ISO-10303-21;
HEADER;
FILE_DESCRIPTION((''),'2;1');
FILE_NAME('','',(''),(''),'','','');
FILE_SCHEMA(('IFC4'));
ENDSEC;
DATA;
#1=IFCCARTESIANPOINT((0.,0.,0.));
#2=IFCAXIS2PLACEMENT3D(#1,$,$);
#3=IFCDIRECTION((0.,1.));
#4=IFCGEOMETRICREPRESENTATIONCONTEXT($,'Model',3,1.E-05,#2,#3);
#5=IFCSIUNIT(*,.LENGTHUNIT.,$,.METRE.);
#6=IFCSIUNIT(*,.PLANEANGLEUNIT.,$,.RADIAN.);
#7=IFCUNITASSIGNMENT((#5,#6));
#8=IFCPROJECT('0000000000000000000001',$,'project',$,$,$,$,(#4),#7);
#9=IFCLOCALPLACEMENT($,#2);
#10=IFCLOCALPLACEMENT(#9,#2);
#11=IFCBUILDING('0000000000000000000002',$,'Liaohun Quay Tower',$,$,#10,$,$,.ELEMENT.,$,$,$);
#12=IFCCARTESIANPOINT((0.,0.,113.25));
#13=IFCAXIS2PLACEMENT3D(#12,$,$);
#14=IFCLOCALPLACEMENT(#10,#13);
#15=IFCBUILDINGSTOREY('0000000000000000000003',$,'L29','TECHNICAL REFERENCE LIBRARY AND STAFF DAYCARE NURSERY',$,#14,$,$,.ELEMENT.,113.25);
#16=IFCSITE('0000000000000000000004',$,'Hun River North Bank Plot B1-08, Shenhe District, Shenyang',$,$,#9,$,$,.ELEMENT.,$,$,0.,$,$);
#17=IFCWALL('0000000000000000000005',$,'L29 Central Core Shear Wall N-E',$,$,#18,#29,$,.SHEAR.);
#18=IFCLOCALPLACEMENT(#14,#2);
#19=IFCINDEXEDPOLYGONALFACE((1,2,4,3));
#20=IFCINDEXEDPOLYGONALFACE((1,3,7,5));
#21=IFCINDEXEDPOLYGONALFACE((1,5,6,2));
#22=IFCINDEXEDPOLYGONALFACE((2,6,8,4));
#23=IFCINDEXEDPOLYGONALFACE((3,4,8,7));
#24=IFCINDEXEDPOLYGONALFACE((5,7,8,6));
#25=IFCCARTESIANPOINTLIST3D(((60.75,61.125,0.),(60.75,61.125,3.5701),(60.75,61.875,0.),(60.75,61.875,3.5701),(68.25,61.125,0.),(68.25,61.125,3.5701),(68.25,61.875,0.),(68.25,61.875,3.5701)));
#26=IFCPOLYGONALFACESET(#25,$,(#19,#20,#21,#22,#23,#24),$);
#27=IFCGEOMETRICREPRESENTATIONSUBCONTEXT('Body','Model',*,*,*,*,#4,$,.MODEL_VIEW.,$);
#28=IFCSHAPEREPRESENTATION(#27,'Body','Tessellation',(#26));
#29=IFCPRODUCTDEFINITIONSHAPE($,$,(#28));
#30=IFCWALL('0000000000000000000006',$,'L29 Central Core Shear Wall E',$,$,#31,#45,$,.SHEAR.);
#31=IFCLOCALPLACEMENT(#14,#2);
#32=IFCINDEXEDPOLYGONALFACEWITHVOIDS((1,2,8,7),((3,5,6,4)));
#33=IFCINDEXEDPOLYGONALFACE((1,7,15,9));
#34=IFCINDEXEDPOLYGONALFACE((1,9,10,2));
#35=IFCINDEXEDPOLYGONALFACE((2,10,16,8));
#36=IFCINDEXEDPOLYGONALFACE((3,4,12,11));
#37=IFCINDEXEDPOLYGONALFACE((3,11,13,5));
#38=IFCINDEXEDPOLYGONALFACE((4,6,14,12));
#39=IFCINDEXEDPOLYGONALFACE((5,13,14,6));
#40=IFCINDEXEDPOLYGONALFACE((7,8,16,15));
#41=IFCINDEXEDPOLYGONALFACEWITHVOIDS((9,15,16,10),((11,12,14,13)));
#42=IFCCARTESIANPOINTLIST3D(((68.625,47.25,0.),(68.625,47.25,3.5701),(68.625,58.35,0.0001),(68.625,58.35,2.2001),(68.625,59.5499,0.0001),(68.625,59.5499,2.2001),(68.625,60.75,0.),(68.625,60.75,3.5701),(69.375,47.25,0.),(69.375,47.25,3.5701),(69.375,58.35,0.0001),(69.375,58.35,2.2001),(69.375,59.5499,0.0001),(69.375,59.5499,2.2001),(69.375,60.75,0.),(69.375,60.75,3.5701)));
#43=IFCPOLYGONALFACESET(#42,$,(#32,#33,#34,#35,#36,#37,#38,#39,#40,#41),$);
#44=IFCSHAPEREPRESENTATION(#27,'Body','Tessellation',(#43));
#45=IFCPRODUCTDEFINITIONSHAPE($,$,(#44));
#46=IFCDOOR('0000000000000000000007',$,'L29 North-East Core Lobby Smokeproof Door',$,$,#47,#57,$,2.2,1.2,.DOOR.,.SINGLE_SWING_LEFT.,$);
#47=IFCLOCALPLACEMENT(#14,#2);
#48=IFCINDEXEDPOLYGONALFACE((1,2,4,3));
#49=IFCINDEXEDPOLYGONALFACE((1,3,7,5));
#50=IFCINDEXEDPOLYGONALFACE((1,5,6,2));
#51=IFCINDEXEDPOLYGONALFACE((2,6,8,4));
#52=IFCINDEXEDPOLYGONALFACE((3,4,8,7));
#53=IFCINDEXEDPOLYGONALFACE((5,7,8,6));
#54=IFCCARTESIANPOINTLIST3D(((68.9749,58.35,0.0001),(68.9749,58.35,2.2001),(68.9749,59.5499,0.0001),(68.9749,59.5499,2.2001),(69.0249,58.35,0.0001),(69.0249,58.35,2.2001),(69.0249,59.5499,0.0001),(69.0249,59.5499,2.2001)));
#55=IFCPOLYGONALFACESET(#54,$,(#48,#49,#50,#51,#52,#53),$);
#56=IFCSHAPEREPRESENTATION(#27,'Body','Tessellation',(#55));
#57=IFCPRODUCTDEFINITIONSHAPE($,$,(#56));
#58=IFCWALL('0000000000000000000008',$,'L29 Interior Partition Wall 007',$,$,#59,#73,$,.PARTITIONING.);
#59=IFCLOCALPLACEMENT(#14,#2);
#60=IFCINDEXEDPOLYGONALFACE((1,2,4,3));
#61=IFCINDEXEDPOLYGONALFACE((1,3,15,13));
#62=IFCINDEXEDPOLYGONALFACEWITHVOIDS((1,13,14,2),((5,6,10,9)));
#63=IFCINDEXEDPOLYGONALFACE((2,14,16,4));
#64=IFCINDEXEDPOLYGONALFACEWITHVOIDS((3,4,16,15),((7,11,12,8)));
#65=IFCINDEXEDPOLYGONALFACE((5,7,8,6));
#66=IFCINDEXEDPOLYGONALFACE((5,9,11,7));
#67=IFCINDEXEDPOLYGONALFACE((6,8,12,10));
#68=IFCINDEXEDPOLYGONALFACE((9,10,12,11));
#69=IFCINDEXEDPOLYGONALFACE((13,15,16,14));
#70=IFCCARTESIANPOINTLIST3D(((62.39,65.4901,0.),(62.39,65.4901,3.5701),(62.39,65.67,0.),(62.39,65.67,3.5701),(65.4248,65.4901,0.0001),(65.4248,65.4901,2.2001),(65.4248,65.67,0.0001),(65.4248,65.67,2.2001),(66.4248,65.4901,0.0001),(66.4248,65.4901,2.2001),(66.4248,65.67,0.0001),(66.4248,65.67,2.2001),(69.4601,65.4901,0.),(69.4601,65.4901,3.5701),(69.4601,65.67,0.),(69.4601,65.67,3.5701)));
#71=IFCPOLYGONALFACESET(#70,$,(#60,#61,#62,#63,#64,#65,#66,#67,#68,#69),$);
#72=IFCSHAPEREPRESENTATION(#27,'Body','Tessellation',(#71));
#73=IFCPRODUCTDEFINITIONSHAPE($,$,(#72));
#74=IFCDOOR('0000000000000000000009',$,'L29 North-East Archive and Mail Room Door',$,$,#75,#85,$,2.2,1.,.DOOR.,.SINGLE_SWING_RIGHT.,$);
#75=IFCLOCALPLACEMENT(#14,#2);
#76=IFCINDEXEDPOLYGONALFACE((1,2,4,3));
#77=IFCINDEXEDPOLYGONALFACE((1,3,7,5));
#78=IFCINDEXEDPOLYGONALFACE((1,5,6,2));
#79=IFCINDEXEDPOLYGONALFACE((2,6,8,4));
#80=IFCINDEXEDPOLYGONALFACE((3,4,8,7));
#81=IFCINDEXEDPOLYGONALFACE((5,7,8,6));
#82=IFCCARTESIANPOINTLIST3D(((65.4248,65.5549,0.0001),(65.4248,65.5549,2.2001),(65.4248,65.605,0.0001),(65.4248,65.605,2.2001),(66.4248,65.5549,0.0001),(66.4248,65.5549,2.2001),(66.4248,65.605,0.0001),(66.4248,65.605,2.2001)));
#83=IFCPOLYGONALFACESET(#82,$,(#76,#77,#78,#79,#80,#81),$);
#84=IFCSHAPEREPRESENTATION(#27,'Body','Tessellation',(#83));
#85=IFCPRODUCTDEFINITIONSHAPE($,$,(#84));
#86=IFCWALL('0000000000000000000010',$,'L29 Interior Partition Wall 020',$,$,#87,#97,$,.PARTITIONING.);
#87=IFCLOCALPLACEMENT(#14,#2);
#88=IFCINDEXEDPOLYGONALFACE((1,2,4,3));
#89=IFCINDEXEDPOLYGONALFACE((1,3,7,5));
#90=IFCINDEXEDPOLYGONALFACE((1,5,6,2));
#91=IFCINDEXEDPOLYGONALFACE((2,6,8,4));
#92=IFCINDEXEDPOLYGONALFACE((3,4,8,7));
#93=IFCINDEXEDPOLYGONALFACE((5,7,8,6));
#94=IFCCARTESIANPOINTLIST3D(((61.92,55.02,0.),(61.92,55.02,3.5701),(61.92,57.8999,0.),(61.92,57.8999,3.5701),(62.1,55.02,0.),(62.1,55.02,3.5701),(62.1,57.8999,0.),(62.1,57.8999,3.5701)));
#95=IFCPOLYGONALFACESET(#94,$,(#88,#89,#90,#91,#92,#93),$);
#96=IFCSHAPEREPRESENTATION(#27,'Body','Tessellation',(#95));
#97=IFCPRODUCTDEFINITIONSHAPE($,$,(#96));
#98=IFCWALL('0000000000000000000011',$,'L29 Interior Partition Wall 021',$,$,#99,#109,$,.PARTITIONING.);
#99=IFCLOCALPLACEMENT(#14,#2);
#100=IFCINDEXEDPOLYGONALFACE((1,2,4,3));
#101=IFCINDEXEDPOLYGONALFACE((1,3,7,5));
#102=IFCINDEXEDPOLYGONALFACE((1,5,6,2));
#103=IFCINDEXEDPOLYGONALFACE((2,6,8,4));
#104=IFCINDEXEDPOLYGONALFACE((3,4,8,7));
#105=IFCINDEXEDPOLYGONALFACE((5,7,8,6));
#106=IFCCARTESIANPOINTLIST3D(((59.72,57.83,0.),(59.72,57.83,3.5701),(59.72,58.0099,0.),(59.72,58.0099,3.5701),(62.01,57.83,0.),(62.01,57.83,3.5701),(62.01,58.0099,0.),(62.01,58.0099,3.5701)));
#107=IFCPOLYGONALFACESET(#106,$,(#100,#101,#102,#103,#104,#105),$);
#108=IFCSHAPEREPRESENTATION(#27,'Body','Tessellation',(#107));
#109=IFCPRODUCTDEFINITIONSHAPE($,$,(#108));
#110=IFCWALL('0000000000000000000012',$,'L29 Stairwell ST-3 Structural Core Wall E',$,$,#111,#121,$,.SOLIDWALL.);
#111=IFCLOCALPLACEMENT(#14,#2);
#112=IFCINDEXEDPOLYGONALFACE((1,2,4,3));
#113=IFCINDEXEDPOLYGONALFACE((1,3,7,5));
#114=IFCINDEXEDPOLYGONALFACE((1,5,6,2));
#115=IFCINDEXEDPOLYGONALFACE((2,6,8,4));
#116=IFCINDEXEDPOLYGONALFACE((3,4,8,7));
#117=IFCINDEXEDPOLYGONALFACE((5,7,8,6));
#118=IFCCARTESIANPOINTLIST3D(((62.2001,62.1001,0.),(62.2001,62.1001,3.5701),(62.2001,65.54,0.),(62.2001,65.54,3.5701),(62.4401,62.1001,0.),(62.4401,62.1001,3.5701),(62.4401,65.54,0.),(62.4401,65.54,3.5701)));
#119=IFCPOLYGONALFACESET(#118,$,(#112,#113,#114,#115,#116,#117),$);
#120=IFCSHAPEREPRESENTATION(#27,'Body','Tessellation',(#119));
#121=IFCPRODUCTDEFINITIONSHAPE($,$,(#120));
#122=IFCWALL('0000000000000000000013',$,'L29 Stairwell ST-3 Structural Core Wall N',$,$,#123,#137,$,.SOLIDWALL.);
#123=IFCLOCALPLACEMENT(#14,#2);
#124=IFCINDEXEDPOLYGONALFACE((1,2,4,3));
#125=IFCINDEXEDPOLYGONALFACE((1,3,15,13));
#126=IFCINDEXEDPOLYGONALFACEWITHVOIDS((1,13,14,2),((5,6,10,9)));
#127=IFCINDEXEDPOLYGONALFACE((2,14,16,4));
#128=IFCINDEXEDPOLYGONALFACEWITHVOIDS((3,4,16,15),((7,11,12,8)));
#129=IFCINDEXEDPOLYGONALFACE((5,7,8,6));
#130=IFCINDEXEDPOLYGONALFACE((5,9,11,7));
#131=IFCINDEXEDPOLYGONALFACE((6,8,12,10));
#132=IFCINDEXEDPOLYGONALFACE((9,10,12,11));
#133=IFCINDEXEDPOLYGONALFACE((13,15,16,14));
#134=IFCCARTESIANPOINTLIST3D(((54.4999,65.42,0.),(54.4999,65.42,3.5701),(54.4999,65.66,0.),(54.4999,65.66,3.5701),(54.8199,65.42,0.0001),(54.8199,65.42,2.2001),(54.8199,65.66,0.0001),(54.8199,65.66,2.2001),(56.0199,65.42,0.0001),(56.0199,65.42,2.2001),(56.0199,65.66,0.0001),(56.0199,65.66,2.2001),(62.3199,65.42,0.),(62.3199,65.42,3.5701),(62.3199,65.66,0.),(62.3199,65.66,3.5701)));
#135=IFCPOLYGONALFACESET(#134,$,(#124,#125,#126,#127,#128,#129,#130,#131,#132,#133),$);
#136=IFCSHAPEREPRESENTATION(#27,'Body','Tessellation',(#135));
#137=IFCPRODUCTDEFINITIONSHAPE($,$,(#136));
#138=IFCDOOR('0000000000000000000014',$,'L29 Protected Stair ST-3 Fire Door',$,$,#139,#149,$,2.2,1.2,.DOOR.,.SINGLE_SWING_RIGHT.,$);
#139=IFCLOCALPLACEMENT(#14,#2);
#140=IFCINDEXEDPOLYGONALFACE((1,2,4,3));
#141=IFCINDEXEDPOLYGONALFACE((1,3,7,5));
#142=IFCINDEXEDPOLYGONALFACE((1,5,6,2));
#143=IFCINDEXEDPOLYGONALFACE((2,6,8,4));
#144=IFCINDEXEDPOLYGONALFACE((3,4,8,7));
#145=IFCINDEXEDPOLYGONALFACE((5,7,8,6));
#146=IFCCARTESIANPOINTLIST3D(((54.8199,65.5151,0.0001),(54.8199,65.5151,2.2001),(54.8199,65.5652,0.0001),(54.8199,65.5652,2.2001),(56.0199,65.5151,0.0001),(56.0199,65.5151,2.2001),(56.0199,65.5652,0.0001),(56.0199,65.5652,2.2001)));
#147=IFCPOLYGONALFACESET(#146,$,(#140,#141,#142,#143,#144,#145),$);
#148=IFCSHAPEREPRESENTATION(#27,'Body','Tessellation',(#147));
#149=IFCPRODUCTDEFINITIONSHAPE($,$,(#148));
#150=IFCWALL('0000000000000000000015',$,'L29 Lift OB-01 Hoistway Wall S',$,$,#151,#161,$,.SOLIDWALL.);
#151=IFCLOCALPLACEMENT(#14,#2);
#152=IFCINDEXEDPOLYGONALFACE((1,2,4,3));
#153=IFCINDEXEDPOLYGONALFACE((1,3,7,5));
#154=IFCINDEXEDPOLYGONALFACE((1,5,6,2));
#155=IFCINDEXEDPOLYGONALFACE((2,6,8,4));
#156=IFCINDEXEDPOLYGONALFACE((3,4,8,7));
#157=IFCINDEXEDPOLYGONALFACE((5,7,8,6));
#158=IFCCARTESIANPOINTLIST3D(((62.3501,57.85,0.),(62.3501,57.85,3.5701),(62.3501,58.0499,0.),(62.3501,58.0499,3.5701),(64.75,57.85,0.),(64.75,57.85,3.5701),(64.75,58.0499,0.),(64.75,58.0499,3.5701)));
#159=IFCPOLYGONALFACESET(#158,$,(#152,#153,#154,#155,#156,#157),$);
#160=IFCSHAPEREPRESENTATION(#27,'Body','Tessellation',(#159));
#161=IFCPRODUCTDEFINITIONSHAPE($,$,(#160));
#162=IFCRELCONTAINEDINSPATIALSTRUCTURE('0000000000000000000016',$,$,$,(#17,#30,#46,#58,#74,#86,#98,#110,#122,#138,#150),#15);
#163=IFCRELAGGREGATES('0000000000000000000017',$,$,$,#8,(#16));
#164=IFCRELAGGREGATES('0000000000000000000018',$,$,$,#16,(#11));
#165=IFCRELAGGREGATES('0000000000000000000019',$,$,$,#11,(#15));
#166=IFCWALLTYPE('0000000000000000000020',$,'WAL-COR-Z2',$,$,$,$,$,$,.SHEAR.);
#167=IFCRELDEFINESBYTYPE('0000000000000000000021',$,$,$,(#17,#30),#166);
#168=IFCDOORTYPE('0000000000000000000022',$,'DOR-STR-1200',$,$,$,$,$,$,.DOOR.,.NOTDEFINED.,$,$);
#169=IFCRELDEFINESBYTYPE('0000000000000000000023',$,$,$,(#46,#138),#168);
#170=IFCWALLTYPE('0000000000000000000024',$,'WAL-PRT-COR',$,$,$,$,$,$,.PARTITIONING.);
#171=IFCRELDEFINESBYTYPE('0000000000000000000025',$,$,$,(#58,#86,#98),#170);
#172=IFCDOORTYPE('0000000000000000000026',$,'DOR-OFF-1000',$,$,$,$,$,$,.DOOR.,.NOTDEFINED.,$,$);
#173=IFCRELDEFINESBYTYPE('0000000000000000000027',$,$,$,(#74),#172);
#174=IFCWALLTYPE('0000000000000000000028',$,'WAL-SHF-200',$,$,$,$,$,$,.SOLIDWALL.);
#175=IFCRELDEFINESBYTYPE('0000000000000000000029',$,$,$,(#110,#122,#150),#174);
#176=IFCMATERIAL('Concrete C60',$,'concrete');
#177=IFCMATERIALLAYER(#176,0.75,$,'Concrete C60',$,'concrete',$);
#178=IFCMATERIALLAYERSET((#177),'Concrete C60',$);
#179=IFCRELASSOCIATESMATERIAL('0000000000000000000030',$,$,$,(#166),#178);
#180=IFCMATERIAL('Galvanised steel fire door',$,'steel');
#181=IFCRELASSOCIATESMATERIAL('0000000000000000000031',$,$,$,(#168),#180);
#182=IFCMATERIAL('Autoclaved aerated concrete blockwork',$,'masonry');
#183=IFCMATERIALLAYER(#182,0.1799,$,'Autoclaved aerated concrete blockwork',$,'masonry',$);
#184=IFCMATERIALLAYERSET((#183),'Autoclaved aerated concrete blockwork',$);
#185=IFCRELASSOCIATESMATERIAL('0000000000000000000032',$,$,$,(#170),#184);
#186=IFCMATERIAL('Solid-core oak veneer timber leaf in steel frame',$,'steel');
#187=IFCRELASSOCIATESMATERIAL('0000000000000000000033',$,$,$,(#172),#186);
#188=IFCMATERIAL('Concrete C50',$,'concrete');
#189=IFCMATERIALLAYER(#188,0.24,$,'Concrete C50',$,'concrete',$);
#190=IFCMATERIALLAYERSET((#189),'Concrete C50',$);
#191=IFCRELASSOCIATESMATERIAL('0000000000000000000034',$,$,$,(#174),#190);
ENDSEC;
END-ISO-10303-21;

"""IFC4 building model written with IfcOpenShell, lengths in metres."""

from ifc_helpers import new_model, si_unit, direction, frame, frame_2d, origin, place, context, subcontext, project, spatial, rectangle, extrude, source, transform, mapped, material, layer, layer_set, type_object, element, fill, save


model = new_model("IFC4")

# Units and contexts
model_context = context("Model", 3, precision=1e-05, world=origin(), true_north=direction((0.0, 1.0)))
body_context = subcontext(model_context, "Body", "Model", "MODEL_VIEW")
ifc_project = project(units=[si_unit("LENGTHUNIT", "METRE"), si_unit("PLANEANGLEUNIT", "RADIAN")], contexts=[model_context])

# Site, building, storey
site_placement = place(None, origin())
site = spatial("IfcSite", under=ifc_project, at=site_placement, Name="Hun River North Bank Plot B1-08, Shenhe District, Shenyang", CompositionType="ELEMENT", RefElevation=0.0)
building_placement = place(site_placement, origin())
building = spatial("IfcBuilding", under=site, at=building_placement, Name="Liaohun Quay Tower", CompositionType="ELEMENT")
storey_placement = place(building_placement, frame((0.0, 0.0, 113.25)))
storey = spatial("IfcBuildingStorey", under=building, at=storey_placement, Name="L29", Description="TECHNICAL REFERENCE LIBRARY AND STAFF DAYCARE NURSERY", CompositionType="ELEMENT", Elevation=113.25)

# Shared definitions
ifc_material_1 = material(Name="Concrete C60", Category="concrete")

# Wall
ifc_layer_1 = layer(ifc_material_1, 0.75, Name="Concrete C60", Category="concrete")
ifc_layer_set_1 = layer_set([ifc_layer_1], Name="Concrete C60")
wall_type_1 = type_object("IfcWallType", Name="WAL-COR-Z2", PredefinedType="SHEAR", material=ifc_layer_set_1)
wall_1_placement = place(storey_placement, frame((60.75, 61.5, 0.0), z_axis=(0.0, 0.0, 1.0), x_axis=(1.0, 0.0, 0.0)))
element("IfcWall", 1, at=wall_1_placement, inside=storey, type_object=wall_type_1, Name="L29 Central Core Shear Wall N-E", PredefinedType="SHEAR", context=body_context, shape_type="SweptSolid", body=[
    extrude(rectangle(XDim=7.5, YDim=0.75, at=frame_2d((3.75, 0.0))), origin(), (0.0, 0.0, 1.0), 3.5701),
])

# Walls, openings, doors
wall_2_placement = place(storey_placement, frame((69.0, 60.75, 0.0), z_axis=(0.0, 0.0, 1.0), x_axis=(0.0, -1.0, 0.0)))
wall_2 = element("IfcWall", 2, at=wall_2_placement, inside=storey, type_object=wall_type_1, Name="L29 Central Core Shear Wall E", PredefinedType="SHEAR", context=body_context, shape_type="SweptSolid", body=[
    extrude(rectangle(XDim=13.5, YDim=0.75, at=frame_2d((6.75, 0.0))), origin(), (0.0, 0.0, 1.0), 3.5701),
])
shared_shape_1 = source(origin(), body_context, "Body", "SweptSolid", [
    extrude(rectangle(XDim=1.2, YDim=2.2, at=frame_2d((0.6001, 1.1001))), frame((0.0, 0.385, 0.0), z_axis=(0.0, -1.0, 0.0), x_axis=(1.0, 0.0, 0.0)), (0.0, 0.0, 1.0), 0.77),
])
opening_1_placement = place(wall_2_placement, frame((1.2, 0.0, 0.0)))
opening_1 = element("IfcOpeningElement", 3, at=opening_1_placement, cuts=wall_2, PredefinedType="OPENING", context=body_context, shape_type="MappedRepresentation", body=[
    mapped(shared_shape_1, transform((0.0, 0.0, 0.0), x_axis=(1.0, 0.0, 0.0), y_axis=(0.0, 1.0, 0.0), z_axis=(0.0, 0.0, 1.0), scale=1.0)),
])
ifc_material_2 = material(Name="Galvanised steel fire door", Category="steel")
door_type_1 = type_object("IfcDoorType", Name="DOR-STR-1200", OperationType="NOTDEFINED", PredefinedType="DOOR", material=ifc_material_2)
shared_shape_2 = source(origin(), body_context, "Body", "SweptSolid", [
    extrude(rectangle(XDim=1.2, YDim=2.2, at=frame_2d((0.6001, 1.1001))), frame((0.0, 0.0249, 0.0), z_axis=(0.0, -1.0, 0.0), x_axis=(1.0, 0.0, 0.0)), (0.0, 0.0, 1.0), 0.05),
])
door_1_placement = place(opening_1_placement, origin())
door_1 = element("IfcDoor", 4, at=door_1_placement, inside=storey, type_object=door_type_1, Name="L29 North-East Core Lobby Smokeproof Door", OperationType="SINGLE_SWING_LEFT", OverallHeight=2.2, OverallWidth=1.2, PredefinedType="DOOR", context=body_context, shape_type="MappedRepresentation", body=[
    mapped(shared_shape_2, transform((0.0, 0.0, 0.0), x_axis=(1.0, 0.0, 0.0), y_axis=(0.0, 1.0, 0.0), z_axis=(0.0, 0.0, 1.0), scale=1.0)),
])
fill(opening_1, door_1)
ifc_material_3 = material(Name="Autoclaved aerated concrete blockwork", Category="masonry")
ifc_layer_2 = layer(ifc_material_3, 0.1799, Name="Autoclaved aerated concrete blockwork", Category="masonry")
ifc_layer_set_2 = layer_set([ifc_layer_2], Name="Autoclaved aerated concrete blockwork")
wall_type_2 = type_object("IfcWallType", Name="WAL-PRT-COR", PredefinedType="PARTITIONING", material=ifc_layer_set_2)
wall_3_placement = place(storey_placement, frame((62.3899, 65.5801, 0.0), z_axis=(0.0, 0.0, 1.0), x_axis=(1.0, 0.0, 0.0)))
wall_3 = element("IfcWall", 5, at=wall_3_placement, inside=storey, type_object=wall_type_2, Name="L29 Interior Partition Wall 007", PredefinedType="PARTITIONING", context=body_context, shape_type="SweptSolid", body=[
    extrude(rectangle(XDim=7.0701, YDim=0.1799, at=frame_2d((3.5352, 0.0))), origin(), (0.0, 0.0, 1.0), 3.5701),
])
shared_shape_3 = source(origin(), body_context, "Body", "SweptSolid", [
    extrude(rectangle(XDim=1.0, YDim=2.2, at=frame_2d((0.5, 1.1001))), frame((0.0, 0.0999, 0.0), z_axis=(0.0, -1.0, 0.0), x_axis=(1.0, 0.0, 0.0)), (0.0, 0.0, 1.0), 0.2),
])
opening_2_placement = place(wall_3_placement, frame((3.0349, 0.0, 0.0)))
opening_2 = element("IfcOpeningElement", 6, at=opening_2_placement, cuts=wall_3, PredefinedType="OPENING", context=body_context, shape_type="MappedRepresentation", body=[
    mapped(shared_shape_3, transform((0.0, 0.0, 0.0), x_axis=(1.0, 0.0, 0.0), y_axis=(0.0, 1.0, 0.0), z_axis=(0.0, 0.0, 1.0), scale=1.0)),
])
ifc_material_4 = material(Name="Solid-core oak veneer timber leaf in steel frame", Category="steel")
door_type_2 = type_object("IfcDoorType", Name="DOR-OFF-1000", OperationType="NOTDEFINED", PredefinedType="DOOR", material=ifc_material_4)
shared_shape_4 = source(origin(), body_context, "Body", "SweptSolid", [
    extrude(rectangle(XDim=1.0, YDim=2.2, at=frame_2d((0.5, 1.1001))), frame((0.0, 0.0249, 0.0), z_axis=(0.0, -1.0, 0.0), x_axis=(1.0, 0.0, 0.0)), (0.0, 0.0, 1.0), 0.05),
])
door_2_placement = place(opening_2_placement, origin())
door_2 = element("IfcDoor", 7, at=door_2_placement, inside=storey, type_object=door_type_2, Name="L29 North-East Archive and Mail Room Door", OperationType="SINGLE_SWING_RIGHT", OverallHeight=2.2, OverallWidth=1.0, PredefinedType="DOOR", context=body_context, shape_type="MappedRepresentation", body=[
    mapped(shared_shape_4, transform((0.0, 0.0, 0.0), x_axis=(1.0, 0.0, 0.0), y_axis=(0.0, 1.0, 0.0), z_axis=(0.0, 0.0, 1.0), scale=1.0)),
])
fill(opening_2, door_2)

# Walls
wall_4_placement = place(storey_placement, frame((62.01, 55.02, 0.0), z_axis=(0.0, 0.0, 1.0), x_axis=(0.0, 1.0, 0.0)))
element("IfcWall", 8, at=wall_4_placement, inside=storey, type_object=wall_type_2, Name="L29 Interior Partition Wall 020", PredefinedType="PARTITIONING", context=body_context, shape_type="SweptSolid", body=[
    extrude(rectangle(XDim=2.8799, YDim=0.1799, at=frame_2d((1.4399, 0.0))), origin(), (0.0, 0.0, 1.0), 3.5701),
])
wall_5_placement = place(storey_placement, frame((59.72, 57.9199, 0.0), z_axis=(0.0, 0.0, 1.0), x_axis=(1.0, 0.0, 0.0)))
element("IfcWall", 9, at=wall_5_placement, inside=storey, type_object=wall_type_2, Name="L29 Interior Partition Wall 021", PredefinedType="PARTITIONING", context=body_context, shape_type="SweptSolid", body=[
    extrude(rectangle(XDim=2.29, YDim=0.1799, at=frame_2d((1.145, 0.0))), origin(), (0.0, 0.0, 1.0), 3.5701),
])
ifc_material_5 = material(Name="Concrete C50", Category="concrete")
ifc_layer_3 = layer(ifc_material_5, 0.24, Name="Concrete C50", Category="concrete")
ifc_layer_set_3 = layer_set([ifc_layer_3], Name="Concrete C50")
wall_type_3 = type_object("IfcWallType", Name="WAL-SHF-200", PredefinedType="SOLIDWALL", material=ifc_layer_set_3)
wall_6_placement = place(storey_placement, frame((62.3201, 62.1001, 0.0), z_axis=(0.0, 0.0, 1.0), x_axis=(0.0, 1.0, 0.0)))
element("IfcWall", 10, at=wall_6_placement, inside=storey, type_object=wall_type_3, Name="L29 Stairwell ST-3 Structural Core Wall E", PredefinedType="SOLIDWALL", context=body_context, shape_type="SweptSolid", body=[
    extrude(rectangle(XDim=3.4399, YDim=0.24, at=frame_2d((1.72, 0.0))), origin(), (0.0, 0.0, 1.0), 3.5701),
])

# Wall, opening, door
wall_7_placement = place(storey_placement, frame((62.3201, 65.54, 0.0), z_axis=(0.0, 0.0, 1.0), x_axis=(-1.0, 0.0, 0.0)))
wall_7 = element("IfcWall", 11, at=wall_7_placement, inside=storey, type_object=wall_type_3, Name="L29 Stairwell ST-3 Structural Core Wall N", PredefinedType="SOLIDWALL", context=body_context, shape_type="SweptSolid", body=[
    extrude(rectangle(XDim=7.8201, YDim=0.24, at=frame_2d((3.9102, 0.0))), origin(), (0.0, 0.0, 1.0), 3.5701),
])
shared_shape_5 = source(origin(), body_context, "Body", "SweptSolid", [
    extrude(rectangle(XDim=1.2, YDim=2.2, at=frame_2d((0.6001, 1.1001))), frame((0.0, 0.1299, 0.0), z_axis=(0.0, -1.0, 0.0), x_axis=(1.0, 0.0, 0.0)), (0.0, 0.0, 1.0), 0.26),
])
opening_3_placement = place(wall_7_placement, frame((6.3, 0.0, 0.0)))
opening_3 = element("IfcOpeningElement", 12, at=opening_3_placement, cuts=wall_7, PredefinedType="OPENING", context=body_context, shape_type="MappedRepresentation", body=[
    mapped(shared_shape_5, transform((0.0, 0.0, 0.0), x_axis=(1.0, 0.0, 0.0), y_axis=(0.0, 1.0, 0.0), z_axis=(0.0, 0.0, 1.0), scale=1.0)),
])
door_3_placement = place(opening_3_placement, origin())
door_3 = element("IfcDoor", 13, at=door_3_placement, inside=storey, type_object=door_type_1, Name="L29 Protected Stair ST-3 Fire Door", OperationType="SINGLE_SWING_RIGHT", OverallHeight=2.2, OverallWidth=1.2, PredefinedType="DOOR", context=body_context, shape_type="MappedRepresentation", body=[
    mapped(shared_shape_2, transform((0.0, 0.0, 0.0), x_axis=(1.0, 0.0, 0.0), y_axis=(0.0, 1.0, 0.0), z_axis=(0.0, 0.0, 1.0), scale=1.0)),
])
fill(opening_3, door_3)

# Wall
wall_8_placement = place(storey_placement, frame((62.3501, 57.95, 0.0), z_axis=(0.0, 0.0, 1.0), x_axis=(1.0, 0.0, 0.0)))
element("IfcWall", 14, at=wall_8_placement, inside=storey, type_object=wall_type_3, Name="L29 Lift OB-01 Hoistway Wall S", PredefinedType="SOLIDWALL", context=body_context, shape_type="SweptSolid", body=[
    extrude(rectangle(XDim=2.3999, YDim=0.2, at=frame_2d((1.2, 0.0))), origin(), (0.0, 0.0, 1.0), 3.5701),
])

save(model, "model.ifc")
